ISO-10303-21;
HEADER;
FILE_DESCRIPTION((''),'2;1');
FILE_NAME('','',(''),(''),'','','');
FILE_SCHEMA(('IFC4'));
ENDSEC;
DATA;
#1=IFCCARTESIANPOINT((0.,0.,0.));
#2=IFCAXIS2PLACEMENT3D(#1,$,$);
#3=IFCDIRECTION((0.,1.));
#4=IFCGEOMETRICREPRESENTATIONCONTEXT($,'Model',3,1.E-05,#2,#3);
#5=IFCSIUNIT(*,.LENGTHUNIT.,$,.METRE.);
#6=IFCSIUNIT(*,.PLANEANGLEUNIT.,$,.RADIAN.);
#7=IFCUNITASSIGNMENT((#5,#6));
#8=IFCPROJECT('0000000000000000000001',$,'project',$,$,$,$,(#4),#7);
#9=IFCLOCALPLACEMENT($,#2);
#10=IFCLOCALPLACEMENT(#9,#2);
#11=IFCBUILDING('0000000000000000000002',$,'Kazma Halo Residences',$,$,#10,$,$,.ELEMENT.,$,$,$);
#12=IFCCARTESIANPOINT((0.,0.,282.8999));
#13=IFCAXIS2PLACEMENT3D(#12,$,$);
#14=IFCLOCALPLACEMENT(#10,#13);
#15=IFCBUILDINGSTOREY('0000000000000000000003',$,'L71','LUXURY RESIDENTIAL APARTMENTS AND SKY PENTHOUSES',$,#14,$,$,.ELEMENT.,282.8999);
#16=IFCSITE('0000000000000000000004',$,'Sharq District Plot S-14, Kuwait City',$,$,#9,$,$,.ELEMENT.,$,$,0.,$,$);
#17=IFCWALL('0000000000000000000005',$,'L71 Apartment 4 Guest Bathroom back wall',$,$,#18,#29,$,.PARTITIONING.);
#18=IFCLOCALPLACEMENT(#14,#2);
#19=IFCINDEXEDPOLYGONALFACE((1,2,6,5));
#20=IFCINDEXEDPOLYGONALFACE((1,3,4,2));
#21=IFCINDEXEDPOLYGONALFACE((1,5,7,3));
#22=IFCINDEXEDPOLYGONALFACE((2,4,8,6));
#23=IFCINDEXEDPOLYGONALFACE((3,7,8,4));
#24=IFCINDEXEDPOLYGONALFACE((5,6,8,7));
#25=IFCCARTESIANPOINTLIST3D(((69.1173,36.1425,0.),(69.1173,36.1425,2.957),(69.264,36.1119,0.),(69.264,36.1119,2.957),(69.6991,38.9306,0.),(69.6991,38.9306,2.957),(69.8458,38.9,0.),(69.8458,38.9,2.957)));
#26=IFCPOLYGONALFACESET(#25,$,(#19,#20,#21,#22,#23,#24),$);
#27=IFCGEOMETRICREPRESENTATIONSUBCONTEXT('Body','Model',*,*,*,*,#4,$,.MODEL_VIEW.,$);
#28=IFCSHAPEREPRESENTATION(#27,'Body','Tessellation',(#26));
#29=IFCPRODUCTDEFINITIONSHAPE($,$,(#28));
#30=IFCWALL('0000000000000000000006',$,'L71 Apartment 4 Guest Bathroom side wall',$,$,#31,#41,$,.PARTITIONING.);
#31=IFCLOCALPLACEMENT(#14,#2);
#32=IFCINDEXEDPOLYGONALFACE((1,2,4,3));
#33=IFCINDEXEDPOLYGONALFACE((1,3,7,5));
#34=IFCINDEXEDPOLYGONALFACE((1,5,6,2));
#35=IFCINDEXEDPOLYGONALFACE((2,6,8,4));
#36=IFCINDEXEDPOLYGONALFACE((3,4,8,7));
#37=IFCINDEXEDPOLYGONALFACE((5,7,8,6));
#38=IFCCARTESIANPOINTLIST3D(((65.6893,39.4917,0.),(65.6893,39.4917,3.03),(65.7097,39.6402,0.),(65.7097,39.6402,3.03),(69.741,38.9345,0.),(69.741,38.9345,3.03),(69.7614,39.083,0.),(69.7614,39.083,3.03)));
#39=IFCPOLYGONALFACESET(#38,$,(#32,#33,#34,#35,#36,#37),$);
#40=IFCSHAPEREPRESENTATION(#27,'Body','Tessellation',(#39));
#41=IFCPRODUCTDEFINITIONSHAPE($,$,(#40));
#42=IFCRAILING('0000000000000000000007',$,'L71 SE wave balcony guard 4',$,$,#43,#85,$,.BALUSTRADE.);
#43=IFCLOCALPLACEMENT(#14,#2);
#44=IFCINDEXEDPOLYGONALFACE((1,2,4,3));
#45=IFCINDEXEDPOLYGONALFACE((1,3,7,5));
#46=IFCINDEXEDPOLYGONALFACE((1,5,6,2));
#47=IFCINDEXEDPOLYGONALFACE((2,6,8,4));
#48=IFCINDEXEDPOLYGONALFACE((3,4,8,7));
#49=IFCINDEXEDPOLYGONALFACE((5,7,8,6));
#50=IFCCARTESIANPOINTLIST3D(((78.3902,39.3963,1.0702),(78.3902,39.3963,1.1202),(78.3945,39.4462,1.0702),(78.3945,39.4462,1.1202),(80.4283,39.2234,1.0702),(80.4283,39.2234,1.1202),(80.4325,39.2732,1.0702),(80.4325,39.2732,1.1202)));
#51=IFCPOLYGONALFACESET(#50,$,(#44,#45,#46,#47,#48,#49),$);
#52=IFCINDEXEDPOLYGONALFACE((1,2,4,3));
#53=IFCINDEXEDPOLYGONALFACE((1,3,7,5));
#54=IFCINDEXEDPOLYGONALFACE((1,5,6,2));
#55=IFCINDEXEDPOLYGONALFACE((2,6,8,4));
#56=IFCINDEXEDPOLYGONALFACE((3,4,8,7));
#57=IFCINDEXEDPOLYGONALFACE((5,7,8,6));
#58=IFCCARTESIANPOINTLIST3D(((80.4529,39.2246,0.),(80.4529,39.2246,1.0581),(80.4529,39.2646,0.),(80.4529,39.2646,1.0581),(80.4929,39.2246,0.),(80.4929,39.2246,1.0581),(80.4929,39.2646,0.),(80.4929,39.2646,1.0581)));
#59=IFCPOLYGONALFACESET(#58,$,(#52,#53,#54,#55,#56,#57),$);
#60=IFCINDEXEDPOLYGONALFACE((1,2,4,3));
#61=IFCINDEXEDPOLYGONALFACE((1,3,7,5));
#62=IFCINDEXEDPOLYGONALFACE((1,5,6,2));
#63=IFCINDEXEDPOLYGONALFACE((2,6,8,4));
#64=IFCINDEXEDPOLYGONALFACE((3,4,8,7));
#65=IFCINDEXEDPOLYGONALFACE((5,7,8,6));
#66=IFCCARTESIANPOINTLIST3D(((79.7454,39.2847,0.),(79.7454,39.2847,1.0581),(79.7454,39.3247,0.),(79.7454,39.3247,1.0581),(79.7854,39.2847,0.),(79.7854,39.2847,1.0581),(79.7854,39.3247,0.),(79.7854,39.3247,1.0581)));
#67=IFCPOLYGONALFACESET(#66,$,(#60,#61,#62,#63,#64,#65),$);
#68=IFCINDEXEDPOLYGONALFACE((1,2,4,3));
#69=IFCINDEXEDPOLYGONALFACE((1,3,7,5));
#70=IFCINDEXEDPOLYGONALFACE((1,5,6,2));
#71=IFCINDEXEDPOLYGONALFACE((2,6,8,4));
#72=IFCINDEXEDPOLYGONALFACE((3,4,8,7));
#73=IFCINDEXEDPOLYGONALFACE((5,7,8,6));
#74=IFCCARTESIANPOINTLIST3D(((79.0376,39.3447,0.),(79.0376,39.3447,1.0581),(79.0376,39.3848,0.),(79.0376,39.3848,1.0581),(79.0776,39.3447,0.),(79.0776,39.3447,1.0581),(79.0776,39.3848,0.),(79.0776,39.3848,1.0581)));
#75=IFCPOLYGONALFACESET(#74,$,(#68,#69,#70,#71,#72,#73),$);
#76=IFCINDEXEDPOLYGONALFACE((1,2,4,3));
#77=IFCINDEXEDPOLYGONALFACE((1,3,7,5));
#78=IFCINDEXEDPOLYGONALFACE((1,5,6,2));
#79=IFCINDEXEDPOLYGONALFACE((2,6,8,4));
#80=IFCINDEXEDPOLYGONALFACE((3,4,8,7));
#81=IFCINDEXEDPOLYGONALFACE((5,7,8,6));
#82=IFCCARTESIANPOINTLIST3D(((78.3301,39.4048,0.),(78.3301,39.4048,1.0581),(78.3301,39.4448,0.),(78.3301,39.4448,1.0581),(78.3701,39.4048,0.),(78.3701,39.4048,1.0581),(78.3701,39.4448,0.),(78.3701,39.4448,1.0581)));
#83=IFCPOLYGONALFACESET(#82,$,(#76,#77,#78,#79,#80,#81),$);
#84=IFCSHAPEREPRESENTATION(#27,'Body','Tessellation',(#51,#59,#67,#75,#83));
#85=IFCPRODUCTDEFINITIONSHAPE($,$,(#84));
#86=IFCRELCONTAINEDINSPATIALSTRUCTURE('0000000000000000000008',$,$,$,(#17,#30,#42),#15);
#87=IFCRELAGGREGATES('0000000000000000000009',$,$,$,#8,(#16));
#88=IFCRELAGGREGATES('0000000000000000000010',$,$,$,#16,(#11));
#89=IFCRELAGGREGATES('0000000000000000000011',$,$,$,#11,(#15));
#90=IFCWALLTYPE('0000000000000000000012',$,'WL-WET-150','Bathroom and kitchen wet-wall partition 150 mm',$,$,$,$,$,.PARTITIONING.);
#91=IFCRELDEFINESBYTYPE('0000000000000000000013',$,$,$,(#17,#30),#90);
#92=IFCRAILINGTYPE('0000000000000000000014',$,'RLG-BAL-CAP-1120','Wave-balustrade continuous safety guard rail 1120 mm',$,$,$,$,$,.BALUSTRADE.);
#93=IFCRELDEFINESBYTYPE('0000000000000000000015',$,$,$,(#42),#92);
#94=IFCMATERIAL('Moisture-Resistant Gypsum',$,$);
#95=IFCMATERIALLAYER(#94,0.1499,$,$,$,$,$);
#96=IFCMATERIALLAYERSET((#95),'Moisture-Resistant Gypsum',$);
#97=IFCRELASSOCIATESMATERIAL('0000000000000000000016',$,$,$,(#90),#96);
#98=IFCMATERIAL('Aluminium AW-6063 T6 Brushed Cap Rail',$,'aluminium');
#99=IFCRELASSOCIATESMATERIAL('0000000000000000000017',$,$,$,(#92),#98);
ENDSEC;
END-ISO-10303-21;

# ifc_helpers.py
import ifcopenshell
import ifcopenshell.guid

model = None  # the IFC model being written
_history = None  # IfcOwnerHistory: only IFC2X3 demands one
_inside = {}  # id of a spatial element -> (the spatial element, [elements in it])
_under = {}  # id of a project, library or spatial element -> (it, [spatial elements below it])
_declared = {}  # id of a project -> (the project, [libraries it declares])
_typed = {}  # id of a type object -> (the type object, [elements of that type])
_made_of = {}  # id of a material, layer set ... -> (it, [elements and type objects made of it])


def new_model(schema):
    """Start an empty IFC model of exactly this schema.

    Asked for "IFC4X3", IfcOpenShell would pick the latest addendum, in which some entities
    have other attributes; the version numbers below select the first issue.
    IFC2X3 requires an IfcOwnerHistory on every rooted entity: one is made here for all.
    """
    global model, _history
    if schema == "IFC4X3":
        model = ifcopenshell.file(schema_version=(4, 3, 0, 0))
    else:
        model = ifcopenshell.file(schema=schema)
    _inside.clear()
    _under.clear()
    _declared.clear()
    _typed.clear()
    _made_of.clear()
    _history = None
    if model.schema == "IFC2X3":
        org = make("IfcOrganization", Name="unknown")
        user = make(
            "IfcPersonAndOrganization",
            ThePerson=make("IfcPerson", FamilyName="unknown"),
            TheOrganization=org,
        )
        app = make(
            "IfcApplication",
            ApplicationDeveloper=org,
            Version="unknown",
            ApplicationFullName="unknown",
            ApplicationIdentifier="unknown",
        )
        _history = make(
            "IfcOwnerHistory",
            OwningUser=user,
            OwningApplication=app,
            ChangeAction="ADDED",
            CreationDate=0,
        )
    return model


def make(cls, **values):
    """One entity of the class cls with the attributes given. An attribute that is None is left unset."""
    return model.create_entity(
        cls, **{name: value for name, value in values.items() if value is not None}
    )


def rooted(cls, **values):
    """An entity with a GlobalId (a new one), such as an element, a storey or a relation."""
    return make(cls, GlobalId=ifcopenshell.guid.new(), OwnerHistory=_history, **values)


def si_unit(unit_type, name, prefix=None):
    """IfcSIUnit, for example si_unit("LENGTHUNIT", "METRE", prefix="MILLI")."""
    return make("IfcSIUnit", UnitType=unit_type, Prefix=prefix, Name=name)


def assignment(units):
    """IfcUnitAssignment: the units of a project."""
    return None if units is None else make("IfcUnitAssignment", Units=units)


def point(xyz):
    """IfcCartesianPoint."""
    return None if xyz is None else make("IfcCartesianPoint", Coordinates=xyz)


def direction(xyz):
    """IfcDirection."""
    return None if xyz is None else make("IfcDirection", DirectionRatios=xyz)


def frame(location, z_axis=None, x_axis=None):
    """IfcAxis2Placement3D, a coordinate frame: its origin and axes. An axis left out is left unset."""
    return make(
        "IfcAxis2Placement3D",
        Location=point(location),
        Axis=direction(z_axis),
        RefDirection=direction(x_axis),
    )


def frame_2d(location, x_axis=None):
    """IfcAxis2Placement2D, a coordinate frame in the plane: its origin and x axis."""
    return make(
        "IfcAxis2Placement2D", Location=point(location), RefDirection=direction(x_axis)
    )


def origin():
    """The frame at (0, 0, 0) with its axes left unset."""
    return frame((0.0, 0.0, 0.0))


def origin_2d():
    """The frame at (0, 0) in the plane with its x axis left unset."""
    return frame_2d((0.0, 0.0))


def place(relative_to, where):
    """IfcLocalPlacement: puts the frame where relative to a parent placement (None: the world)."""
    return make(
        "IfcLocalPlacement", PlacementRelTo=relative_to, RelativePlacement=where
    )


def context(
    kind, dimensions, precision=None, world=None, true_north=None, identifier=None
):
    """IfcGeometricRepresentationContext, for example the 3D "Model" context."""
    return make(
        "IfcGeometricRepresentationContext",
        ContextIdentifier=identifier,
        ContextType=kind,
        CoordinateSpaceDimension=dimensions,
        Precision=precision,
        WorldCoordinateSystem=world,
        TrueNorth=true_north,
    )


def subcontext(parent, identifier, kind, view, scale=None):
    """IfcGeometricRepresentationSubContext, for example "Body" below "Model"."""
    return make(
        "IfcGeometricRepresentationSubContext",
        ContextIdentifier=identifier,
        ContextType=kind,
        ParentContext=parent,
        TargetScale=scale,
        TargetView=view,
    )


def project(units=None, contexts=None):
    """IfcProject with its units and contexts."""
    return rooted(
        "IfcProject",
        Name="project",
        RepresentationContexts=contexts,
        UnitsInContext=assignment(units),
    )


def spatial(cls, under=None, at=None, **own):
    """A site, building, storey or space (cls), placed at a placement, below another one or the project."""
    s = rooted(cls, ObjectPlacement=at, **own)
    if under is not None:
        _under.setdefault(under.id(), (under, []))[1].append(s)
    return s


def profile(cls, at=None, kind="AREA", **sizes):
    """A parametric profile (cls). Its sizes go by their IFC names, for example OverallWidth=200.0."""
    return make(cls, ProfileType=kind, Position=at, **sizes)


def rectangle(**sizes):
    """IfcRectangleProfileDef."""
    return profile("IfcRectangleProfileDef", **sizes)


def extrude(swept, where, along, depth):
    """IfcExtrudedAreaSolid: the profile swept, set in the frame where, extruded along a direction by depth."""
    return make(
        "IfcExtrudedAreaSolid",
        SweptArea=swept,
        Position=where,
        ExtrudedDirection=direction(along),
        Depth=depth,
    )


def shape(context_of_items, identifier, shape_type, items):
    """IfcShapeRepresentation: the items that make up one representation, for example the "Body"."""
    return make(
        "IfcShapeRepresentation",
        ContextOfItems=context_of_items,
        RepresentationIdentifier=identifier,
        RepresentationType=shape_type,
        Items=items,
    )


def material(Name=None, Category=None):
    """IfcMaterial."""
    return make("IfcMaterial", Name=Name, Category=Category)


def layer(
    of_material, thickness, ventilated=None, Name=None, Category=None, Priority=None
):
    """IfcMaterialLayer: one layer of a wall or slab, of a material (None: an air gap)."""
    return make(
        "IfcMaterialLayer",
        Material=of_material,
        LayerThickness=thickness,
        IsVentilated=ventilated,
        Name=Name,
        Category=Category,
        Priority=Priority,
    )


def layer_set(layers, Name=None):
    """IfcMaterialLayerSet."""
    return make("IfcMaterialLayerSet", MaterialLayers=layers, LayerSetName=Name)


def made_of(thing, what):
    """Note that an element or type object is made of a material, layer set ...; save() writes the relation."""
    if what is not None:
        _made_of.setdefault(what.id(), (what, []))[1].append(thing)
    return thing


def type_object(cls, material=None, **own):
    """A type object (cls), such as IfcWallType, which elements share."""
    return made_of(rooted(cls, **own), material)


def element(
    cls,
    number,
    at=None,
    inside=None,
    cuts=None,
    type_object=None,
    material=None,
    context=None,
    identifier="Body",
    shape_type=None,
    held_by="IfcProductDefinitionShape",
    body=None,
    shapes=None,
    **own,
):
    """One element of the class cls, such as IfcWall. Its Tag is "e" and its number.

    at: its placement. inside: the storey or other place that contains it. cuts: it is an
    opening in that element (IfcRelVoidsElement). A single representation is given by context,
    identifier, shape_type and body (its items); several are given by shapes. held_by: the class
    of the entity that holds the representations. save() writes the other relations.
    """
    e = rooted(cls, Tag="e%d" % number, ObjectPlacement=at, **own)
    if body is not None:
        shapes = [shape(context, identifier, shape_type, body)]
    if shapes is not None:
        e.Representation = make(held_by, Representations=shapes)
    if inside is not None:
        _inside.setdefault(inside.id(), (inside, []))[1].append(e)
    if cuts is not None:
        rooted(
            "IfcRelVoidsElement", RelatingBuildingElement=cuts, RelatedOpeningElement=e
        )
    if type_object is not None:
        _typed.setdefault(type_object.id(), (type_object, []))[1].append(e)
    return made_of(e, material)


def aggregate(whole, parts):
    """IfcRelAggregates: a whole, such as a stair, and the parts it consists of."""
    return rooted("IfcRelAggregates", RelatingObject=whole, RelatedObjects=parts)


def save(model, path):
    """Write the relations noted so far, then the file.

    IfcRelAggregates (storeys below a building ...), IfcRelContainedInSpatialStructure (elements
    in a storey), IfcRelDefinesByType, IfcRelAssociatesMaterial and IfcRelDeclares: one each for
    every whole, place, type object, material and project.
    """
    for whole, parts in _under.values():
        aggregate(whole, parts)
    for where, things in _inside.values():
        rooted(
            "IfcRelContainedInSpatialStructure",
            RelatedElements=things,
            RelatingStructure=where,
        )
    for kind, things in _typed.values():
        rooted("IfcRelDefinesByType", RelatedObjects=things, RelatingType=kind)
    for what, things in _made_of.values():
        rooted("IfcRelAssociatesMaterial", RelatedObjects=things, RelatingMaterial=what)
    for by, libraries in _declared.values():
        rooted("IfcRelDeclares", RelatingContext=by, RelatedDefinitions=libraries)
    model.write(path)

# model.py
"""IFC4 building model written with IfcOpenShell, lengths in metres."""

from ifc_helpers import new_model, si_unit, direction, frame, frame_2d, origin, origin_2d, place, context, subcontext, project, spatial, rectangle, extrude, material, layer, layer_set, type_object, element, save


model = new_model("IFC4")

# Units and contexts
model_context = context("Model", 3, precision=1e-05, world=origin(), true_north=direction((0.0, 1.0)))
body_context = subcontext(model_context, "Body", "Model", "MODEL_VIEW")
ifc_project = project(units=[si_unit("LENGTHUNIT", "METRE"), si_unit("PLANEANGLEUNIT", "RADIAN")], contexts=[model_context])

# Site, building, storey
site_placement = place(None, origin())
site = spatial("IfcSite", under=ifc_project, at=site_placement, Name="Sharq District Plot S-14, Kuwait City", CompositionType="ELEMENT", RefElevation=0.0)
building_placement = place(site_placement, origin())
building = spatial("IfcBuilding", under=site, at=building_placement, Name="Kazma Halo Residences", CompositionType="ELEMENT")
storey_placement = place(building_placement, frame((0.0, 0.0, 282.8999)))
storey = spatial("IfcBuildingStorey", under=building, at=storey_placement, Name="L71", Description="LUXURY RESIDENTIAL APARTMENTS AND SKY PENTHOUSES", CompositionType="ELEMENT", Elevation=282.8999)

# Shared definitions
ifc_material_1 = material(Name="Moisture-Resistant Gypsum")
ifc_layer_1 = layer(ifc_material_1, 0.1499)
ifc_layer_set_1 = layer_set([ifc_layer_1], Name="Moisture-Resistant Gypsum")
wall_type_1 = type_object("IfcWallType", Name="WL-WET-150", Description="Bathroom and kitchen wet-wall partition 150 mm", PredefinedType="PARTITIONING", material=ifc_layer_set_1)

# Walls
wall_1_placement = place(storey_placement, frame((69.1907, 36.1272, 0.0), z_axis=(0.0, 0.0, 1.0), x_axis=(0.204269, 0.978915, 0.0)))
element("IfcWall", 1, at=wall_1_placement, inside=storey, type_object=wall_type_1, Name="L71 Apartment 4 Guest Bathroom back wall", PredefinedType="PARTITIONING", context=body_context, shape_type="SweptSolid", body=[
    extrude(rectangle(XDim=2.8481, YDim=0.1499, at=frame_2d((1.4241, 0.0))), origin(), (0.0, 0.0, 1.0), 2.957),
])
wall_2_placement = place(storey_placement, frame((65.6995, 39.5659, 0.0), z_axis=(0.0, 0.0, 1.0), x_axis=(0.990678, -0.136221, 0.0)))
element("IfcWall", 2, at=wall_2_placement, inside=storey, type_object=wall_type_1, Name="L71 Apartment 4 Guest Bathroom side wall", PredefinedType="PARTITIONING", context=body_context, shape_type="SweptSolid", body=[
    extrude(rectangle(XDim=4.0898, YDim=0.1499, at=frame_2d((2.0449, 0.0))), origin(), (0.0, 0.0, 1.0), 3.03),
])

# Railing
ifc_material_2 = material(Name="Aluminium AW-6063 T6 Brushed Cap Rail", Category="aluminium")
railing_type = type_object("IfcRailingType", Name="RLG-BAL-CAP-1120", Description="Wave-balustrade continuous safety guard rail 1120 mm", PredefinedType="BALUSTRADE", material=ifc_material_2)
railing_placement = place(storey_placement, frame((80.4729, 39.2446, 0.0)))
element("IfcRailing", 3, at=railing_placement, inside=storey, type_object=railing_type, Name="L71 SE wave balcony guard 4", PredefinedType="BALUSTRADE", context=body_context, shape_type="SweptSolid", body=[
    extrude(rectangle(XDim=0.05, YDim=0.05, at=origin_2d()), frame((-0.0425, 0.0037, 1.0952), z_axis=(-0.996417, 0.084572, 0.0), x_axis=(-0.084572, -0.996417, 0.0)), (0.0, 0.0, 1.0), 2.0454),
    extrude(rectangle(XDim=0.04, YDim=0.04, at=origin_2d()), origin(), (0.0, 0.0, 1.0), 1.0581),
    extrude(rectangle(XDim=0.04, YDim=0.04, at=origin_2d()), frame((-0.7075, 0.0601, 0.0)), (0.0, 0.0, 1.0), 1.0581),
    extrude(rectangle(XDim=0.04, YDim=0.04, at=origin_2d()), frame((-1.4153, 0.1201, 0.0)), (0.0, 0.0, 1.0), 1.0581),
    extrude(rectangle(XDim=0.04, YDim=0.04, at=origin_2d()), frame((-2.1228, 0.1802, 0.0)), (0.0, 0.0, 1.0), 1.0581),
])

save(model, "model.ifc")
